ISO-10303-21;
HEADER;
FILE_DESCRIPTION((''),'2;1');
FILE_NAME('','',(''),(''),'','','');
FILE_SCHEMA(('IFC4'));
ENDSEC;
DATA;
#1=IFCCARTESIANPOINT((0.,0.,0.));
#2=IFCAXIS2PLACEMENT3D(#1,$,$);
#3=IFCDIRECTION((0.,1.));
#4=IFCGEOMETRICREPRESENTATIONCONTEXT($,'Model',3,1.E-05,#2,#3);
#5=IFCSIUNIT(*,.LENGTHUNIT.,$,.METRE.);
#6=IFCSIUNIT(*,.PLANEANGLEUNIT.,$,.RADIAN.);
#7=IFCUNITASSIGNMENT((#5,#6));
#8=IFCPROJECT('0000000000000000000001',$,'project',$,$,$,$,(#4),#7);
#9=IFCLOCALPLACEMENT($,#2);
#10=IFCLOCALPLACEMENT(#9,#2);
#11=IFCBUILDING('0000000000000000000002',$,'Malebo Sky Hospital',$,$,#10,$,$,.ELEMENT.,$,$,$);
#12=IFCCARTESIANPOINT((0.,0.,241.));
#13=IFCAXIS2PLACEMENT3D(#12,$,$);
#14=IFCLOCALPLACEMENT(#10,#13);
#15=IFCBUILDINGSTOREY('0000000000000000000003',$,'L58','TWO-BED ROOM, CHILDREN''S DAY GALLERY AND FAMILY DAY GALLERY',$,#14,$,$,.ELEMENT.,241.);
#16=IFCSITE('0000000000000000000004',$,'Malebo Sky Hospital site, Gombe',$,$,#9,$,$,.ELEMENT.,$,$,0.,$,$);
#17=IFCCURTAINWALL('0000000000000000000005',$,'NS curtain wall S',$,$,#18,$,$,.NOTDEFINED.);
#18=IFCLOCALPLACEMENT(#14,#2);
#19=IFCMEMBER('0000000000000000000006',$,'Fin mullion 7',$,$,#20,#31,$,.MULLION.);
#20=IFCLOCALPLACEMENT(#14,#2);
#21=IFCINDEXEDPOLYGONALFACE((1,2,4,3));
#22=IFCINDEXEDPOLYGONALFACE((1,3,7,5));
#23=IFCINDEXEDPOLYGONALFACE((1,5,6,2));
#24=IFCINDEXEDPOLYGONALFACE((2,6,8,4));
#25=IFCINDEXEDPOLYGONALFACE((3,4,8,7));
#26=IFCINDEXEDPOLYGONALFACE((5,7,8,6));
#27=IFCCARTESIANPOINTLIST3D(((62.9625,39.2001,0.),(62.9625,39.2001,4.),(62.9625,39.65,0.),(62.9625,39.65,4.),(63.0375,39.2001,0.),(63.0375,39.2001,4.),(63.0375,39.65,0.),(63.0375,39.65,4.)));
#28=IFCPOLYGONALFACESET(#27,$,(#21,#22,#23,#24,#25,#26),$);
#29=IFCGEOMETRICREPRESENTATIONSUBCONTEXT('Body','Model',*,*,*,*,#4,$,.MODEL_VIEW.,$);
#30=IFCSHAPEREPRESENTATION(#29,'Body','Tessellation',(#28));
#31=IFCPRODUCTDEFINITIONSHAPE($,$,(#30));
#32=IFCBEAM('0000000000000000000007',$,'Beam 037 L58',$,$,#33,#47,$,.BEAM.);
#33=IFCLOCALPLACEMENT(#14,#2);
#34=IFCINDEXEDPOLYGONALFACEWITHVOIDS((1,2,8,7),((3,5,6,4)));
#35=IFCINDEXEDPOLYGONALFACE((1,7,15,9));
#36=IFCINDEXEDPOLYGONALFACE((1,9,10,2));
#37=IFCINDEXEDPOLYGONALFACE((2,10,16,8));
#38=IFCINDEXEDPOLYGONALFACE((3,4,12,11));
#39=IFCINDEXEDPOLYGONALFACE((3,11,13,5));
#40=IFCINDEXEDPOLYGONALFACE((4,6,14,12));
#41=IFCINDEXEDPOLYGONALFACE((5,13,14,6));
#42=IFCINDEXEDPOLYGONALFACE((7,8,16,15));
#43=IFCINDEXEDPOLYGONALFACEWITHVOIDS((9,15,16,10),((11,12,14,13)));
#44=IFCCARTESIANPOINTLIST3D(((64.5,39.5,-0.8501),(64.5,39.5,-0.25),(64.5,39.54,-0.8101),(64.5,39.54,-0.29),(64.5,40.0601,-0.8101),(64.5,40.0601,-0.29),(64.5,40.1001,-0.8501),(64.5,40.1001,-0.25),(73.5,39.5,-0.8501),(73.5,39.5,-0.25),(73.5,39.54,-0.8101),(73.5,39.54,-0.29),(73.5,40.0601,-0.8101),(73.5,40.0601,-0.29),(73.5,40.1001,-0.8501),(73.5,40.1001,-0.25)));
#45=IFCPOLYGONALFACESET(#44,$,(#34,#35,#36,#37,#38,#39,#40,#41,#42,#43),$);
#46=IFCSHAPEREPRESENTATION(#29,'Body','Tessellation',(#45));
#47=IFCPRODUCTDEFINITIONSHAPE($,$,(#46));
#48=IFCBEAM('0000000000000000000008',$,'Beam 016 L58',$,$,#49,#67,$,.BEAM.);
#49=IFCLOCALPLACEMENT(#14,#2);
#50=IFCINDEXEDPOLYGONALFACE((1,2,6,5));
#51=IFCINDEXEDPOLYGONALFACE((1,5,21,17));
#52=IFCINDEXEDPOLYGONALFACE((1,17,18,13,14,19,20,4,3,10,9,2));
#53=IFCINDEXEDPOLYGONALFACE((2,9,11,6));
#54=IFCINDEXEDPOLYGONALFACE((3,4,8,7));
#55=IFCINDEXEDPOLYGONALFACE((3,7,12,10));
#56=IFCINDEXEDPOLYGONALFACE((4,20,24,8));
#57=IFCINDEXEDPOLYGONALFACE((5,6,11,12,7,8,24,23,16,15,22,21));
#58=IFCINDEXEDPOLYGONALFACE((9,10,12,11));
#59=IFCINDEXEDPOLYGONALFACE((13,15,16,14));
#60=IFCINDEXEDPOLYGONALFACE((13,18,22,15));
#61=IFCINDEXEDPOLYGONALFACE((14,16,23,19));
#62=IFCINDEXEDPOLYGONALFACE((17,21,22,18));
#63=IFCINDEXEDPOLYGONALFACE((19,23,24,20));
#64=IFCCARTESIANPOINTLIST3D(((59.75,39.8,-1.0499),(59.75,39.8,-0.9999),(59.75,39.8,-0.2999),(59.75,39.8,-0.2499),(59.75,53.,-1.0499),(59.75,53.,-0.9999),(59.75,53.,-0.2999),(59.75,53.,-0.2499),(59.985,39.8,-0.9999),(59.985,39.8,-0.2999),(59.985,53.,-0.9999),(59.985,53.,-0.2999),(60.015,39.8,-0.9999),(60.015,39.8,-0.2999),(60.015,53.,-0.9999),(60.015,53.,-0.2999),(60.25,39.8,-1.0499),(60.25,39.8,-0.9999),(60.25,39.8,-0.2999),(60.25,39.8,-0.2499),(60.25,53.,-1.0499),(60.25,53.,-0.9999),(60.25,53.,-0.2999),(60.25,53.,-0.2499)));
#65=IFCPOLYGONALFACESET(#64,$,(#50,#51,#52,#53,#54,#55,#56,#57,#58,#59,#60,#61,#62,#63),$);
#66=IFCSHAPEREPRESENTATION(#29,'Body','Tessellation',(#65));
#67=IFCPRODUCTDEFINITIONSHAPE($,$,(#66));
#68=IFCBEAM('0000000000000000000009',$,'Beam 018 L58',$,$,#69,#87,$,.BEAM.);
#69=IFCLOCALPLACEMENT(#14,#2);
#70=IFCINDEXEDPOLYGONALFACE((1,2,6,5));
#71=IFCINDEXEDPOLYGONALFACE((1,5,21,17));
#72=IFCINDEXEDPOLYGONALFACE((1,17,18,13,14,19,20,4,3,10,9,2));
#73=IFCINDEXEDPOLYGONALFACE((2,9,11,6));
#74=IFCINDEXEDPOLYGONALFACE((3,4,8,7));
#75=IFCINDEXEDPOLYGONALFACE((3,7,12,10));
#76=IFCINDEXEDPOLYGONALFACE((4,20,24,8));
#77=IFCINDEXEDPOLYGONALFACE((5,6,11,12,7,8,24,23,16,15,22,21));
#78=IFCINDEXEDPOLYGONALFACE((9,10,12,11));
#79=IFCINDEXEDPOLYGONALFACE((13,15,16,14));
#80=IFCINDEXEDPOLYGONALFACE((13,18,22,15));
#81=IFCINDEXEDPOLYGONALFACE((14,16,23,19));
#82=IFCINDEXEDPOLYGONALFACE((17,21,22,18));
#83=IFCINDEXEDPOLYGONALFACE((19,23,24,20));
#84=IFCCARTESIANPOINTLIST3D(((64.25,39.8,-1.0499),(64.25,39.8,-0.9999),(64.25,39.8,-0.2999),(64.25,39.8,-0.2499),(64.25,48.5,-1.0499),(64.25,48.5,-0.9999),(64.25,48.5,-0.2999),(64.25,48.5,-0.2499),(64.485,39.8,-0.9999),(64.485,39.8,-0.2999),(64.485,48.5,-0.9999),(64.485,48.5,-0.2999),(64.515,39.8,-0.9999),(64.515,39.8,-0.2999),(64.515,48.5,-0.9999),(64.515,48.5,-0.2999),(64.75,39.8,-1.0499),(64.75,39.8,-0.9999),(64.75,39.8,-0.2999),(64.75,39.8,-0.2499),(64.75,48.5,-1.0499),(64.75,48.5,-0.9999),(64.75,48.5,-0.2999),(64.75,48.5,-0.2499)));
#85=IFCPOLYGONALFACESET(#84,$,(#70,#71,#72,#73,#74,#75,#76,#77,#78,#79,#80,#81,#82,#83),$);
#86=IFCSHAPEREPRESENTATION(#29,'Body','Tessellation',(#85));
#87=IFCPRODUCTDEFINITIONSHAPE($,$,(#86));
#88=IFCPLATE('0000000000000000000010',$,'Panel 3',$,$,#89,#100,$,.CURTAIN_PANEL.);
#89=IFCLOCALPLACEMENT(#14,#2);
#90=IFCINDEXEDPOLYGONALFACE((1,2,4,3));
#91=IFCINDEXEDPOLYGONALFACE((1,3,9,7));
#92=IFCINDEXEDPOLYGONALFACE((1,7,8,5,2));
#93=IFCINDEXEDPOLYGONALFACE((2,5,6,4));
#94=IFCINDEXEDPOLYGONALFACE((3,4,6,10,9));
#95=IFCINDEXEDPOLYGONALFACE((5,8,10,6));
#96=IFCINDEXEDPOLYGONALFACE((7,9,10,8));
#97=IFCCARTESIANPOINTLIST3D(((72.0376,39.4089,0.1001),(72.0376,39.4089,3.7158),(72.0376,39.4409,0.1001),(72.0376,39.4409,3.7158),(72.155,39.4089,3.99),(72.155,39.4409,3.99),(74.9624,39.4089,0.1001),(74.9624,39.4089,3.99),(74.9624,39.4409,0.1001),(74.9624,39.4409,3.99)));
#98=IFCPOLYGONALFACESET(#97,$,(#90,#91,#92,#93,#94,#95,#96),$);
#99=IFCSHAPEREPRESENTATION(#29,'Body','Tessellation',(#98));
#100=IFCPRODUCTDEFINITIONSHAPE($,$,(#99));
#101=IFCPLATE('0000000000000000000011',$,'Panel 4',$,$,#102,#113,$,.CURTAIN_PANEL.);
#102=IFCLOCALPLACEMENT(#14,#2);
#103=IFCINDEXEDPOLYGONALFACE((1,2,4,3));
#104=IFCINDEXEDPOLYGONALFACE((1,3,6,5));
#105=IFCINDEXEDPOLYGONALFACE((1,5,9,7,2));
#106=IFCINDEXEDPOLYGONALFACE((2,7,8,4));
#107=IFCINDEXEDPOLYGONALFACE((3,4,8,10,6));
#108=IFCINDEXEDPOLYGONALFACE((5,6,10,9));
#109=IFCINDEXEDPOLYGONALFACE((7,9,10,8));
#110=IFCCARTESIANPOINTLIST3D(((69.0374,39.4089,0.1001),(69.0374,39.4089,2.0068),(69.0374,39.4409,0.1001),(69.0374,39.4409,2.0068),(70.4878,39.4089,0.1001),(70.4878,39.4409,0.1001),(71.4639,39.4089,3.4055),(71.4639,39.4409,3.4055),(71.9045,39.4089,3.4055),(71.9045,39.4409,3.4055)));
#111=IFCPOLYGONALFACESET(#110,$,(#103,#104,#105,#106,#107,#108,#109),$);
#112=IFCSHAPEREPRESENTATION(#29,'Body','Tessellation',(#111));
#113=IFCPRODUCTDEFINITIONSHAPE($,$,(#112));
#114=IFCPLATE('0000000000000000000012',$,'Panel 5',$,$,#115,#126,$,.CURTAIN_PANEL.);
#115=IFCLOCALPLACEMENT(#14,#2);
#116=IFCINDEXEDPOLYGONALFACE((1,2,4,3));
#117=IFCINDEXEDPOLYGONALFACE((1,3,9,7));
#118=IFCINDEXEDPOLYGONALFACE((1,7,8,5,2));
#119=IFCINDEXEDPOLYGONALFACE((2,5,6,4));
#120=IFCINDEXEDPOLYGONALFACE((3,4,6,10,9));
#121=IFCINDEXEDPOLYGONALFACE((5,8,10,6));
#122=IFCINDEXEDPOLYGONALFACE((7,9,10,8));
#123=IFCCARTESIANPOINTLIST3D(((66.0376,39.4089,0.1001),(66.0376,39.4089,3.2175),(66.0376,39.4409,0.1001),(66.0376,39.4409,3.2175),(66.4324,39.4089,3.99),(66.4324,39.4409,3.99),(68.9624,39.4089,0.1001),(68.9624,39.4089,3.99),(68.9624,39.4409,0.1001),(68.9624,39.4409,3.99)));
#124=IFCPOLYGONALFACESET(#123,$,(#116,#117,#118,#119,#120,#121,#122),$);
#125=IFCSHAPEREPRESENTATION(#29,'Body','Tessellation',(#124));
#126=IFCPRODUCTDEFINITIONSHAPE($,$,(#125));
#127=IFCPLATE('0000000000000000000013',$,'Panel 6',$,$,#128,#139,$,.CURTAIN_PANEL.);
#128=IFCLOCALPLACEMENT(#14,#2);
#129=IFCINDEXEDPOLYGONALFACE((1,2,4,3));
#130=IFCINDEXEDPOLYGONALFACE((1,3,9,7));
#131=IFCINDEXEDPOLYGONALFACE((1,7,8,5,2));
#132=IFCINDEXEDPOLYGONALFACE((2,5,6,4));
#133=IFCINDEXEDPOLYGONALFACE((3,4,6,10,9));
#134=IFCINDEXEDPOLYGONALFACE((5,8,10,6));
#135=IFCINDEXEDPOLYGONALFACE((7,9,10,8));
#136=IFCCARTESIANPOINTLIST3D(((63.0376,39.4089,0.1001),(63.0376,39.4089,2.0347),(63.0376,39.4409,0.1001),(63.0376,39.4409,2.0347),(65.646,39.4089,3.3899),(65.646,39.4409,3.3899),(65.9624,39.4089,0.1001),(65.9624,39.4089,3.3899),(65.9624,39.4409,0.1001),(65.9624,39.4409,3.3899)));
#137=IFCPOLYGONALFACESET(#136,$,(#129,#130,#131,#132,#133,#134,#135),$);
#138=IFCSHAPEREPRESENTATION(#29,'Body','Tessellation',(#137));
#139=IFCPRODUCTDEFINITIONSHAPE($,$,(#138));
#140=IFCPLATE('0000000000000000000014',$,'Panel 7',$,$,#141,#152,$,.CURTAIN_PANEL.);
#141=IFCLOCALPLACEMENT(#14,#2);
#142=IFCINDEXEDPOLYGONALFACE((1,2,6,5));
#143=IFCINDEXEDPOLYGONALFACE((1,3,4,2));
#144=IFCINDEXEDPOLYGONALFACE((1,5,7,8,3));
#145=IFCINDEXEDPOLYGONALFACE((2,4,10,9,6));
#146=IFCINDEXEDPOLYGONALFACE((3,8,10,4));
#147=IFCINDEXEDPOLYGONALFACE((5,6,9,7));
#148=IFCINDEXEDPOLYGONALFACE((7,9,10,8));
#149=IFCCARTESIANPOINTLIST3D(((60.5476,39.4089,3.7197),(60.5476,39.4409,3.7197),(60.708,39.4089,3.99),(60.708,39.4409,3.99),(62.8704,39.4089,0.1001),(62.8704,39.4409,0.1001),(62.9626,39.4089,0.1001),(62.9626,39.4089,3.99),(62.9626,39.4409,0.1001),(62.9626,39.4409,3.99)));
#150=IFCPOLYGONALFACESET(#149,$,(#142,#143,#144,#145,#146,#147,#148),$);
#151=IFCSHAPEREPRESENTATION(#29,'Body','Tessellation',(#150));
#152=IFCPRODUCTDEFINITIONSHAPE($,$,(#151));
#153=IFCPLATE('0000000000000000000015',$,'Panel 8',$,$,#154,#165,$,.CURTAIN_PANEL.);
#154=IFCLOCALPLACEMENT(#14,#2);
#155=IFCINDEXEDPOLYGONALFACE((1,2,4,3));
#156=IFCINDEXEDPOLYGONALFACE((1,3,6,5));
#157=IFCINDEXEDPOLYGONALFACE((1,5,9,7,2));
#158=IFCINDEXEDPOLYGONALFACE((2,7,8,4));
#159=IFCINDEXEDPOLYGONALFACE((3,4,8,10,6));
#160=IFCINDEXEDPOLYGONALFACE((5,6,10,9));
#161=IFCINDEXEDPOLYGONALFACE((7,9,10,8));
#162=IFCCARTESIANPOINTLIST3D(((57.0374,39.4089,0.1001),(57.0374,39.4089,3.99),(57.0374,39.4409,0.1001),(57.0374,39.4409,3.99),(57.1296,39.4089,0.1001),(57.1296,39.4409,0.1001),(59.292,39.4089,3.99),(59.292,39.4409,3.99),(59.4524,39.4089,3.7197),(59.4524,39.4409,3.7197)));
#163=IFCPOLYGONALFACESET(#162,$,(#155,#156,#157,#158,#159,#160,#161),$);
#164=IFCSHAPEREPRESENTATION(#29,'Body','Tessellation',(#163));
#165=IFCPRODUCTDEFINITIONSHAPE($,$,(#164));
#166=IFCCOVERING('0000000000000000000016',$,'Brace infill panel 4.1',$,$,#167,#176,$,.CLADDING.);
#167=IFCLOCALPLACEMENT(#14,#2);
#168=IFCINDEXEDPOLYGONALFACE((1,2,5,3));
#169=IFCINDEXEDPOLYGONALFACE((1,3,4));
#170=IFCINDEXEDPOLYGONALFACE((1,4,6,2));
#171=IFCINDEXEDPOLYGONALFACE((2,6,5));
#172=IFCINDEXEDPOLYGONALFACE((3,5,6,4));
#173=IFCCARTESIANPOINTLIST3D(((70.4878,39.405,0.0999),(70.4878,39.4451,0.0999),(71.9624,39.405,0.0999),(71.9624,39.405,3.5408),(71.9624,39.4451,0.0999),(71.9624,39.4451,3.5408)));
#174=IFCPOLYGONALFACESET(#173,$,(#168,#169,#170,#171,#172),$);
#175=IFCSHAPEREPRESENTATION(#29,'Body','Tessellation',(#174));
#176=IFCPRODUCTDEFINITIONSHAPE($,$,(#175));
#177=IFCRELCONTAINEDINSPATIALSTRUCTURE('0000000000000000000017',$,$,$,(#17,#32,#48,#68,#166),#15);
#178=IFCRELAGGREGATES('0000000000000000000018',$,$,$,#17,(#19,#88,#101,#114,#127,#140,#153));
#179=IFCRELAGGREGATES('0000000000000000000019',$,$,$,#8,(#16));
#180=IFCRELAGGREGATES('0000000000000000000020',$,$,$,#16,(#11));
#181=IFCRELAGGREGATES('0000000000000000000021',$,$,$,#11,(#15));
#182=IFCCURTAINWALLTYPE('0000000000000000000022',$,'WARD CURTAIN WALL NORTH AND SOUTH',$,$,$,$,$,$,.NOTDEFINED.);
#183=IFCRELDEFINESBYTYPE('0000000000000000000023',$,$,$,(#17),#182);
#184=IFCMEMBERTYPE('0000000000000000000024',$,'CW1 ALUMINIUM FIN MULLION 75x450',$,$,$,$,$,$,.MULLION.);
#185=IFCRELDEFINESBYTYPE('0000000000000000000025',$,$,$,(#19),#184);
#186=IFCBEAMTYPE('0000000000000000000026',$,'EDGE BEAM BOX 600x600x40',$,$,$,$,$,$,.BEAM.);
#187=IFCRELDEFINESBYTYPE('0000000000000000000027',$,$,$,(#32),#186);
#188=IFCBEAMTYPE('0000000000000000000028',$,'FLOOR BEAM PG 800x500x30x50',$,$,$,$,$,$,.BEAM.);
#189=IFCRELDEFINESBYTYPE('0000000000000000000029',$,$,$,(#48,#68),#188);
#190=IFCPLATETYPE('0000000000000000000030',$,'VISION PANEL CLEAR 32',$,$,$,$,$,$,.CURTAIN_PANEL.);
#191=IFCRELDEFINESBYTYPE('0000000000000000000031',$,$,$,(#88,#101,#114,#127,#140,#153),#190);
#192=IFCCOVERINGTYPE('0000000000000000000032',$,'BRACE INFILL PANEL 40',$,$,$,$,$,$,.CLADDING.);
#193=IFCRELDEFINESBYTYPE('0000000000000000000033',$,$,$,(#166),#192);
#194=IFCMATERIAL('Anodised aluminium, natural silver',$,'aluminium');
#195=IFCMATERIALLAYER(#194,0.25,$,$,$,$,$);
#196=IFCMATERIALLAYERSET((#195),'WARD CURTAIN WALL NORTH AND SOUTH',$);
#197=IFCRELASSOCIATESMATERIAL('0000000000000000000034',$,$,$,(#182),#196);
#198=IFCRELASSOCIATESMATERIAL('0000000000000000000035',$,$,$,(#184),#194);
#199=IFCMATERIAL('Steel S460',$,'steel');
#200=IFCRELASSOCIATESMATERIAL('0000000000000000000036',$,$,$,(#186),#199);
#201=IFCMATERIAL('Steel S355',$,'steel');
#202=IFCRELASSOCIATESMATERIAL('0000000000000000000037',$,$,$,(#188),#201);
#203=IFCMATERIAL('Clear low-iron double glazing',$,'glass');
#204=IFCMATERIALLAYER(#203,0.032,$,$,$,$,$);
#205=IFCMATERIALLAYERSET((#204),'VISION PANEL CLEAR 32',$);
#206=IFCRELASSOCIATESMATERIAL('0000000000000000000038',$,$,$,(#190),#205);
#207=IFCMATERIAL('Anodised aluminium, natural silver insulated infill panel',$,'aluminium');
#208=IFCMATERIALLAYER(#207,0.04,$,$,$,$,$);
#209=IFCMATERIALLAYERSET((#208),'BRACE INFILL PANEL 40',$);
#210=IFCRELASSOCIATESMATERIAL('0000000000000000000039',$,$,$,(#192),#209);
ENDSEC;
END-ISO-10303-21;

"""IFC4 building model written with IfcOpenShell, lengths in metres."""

from ifc_helpers import new_model, si_unit, direction, frame, origin, origin_2d, place, context, subcontext, project, spatial, polyline, rectangle, hollow_rectangle, i_section, outline, extrude, material, layer, layer_set, material_profile, profile_set, type_object, element, aggregate, save


model = new_model("IFC4")

# Units and contexts
model_context = context("Model", 3, precision=1e-05, world=origin(), true_north=direction((0.0, 1.0)))
body_context = subcontext(model_context, "Body", "Model", "MODEL_VIEW")
ifc_project = project(units=[si_unit("LENGTHUNIT", "METRE"), si_unit("PLANEANGLEUNIT", "RADIAN")], contexts=[model_context])

# Site, building, storey
site_placement = place(None, origin())
site = spatial("IfcSite", under=ifc_project, at=site_placement, Name="Malebo Sky Hospital site, Gombe", CompositionType="ELEMENT", RefElevation=0.0)
building_placement = place(site_placement, origin())
building = spatial("IfcBuilding", under=site, at=building_placement, Name="Malebo Sky Hospital", CompositionType="ELEMENT")
storey_placement = place(building_placement, frame((0.0, 0.0, 241.0)))
storey = spatial("IfcBuildingStorey", under=building, at=storey_placement, Name="L58", Description="TWO-BED ROOM, CHILDREN'S DAY GALLERY AND FAMILY DAY GALLERY", CompositionType="ELEMENT", Elevation=241.0)

# Shared definitions
ifc_material_1 = material(Name="Steel S460", Category="steel")

# Curtain wall
ifc_material_2 = material(Name="Anodised aluminium, natural silver", Category="aluminium")
ifc_layer_1 = layer(ifc_material_2, 0.25)
ifc_layer_set_1 = layer_set([ifc_layer_1], Name="WARD CURTAIN WALL NORTH AND SOUTH")
curtain_wall_type = type_object("IfcCurtainWallType", Name="WARD CURTAIN WALL NORTH AND SOUTH", PredefinedType="NOTDEFINED", material=ifc_layer_set_1)
curtain_wall_placement = place(storey_placement, origin())
curtain_wall = element("IfcCurtainWall", 1, at=curtain_wall_placement, inside=storey, type_object=curtain_wall_type, Name="NS curtain wall S", PredefinedType="NOTDEFINED")

# Shared definitions
ifc_material_3 = material(Name="Steel S355", Category="steel")

# Member
ifc_material_profile_1 = material_profile(ifc_material_2, rectangle(XDim=0.075, YDim=0.45, at=origin_2d()), Name="CW1 ALUMINIUM FIN MULLION 75x450")
ifc_profile_set_1 = profile_set([ifc_material_profile_1], Name="Anodised aluminium, natural silver")
member_type_1 = type_object("IfcMemberType", Name="CW1 ALUMINIUM FIN MULLION 75x450", PredefinedType="MULLION", material=ifc_profile_set_1)
member_1_placement = place(storey_placement, frame((63.0, 39.425, 0.0), z_axis=(0.0, 0.0, 1.0), x_axis=(-1.0, 0.0, 0.0)))
member_1 = element("IfcMember", 2, at=member_1_placement, type_object=member_type_1, Name="Fin mullion 7", PredefinedType="MULLION", context=body_context, shape_type="SweptSolid", body=[
    extrude(rectangle(XDim=0.075, YDim=0.45, at=origin_2d()), origin(), (0.0, 0.0, 1.0), 4.0),
])

# Beams
ifc_material_profile_2 = material_profile(ifc_material_1, hollow_rectangle(XDim=0.6001, YDim=0.6001, WallThickness=0.04, at=origin_2d()), Name="BOX 600x600x40")
ifc_profile_set_2 = profile_set([ifc_material_profile_2], Name="Steel S460")
beam_type_1 = type_object("IfcBeamType", Name="EDGE BEAM BOX 600x600x40", PredefinedType="BEAM", material=ifc_profile_set_2)
beam_1_placement = place(storey_placement, frame((64.5, 39.8, -0.55), z_axis=(1.0, 0.0, 0.0), x_axis=(0.0, 1.0, 0.0)))
element("IfcBeam", 3, at=beam_1_placement, inside=storey, type_object=beam_type_1, Name="Beam 037 L58", PredefinedType="BEAM", context=body_context, shape_type="SweptSolid", body=[
    extrude(hollow_rectangle(XDim=0.6001, YDim=0.6001, WallThickness=0.04, at=origin_2d()), origin(), (0.0, 0.0, 1.0), 9.0),
])
ifc_material_profile_3 = material_profile(ifc_material_3, i_section(OverallWidth=0.5, OverallDepth=0.8, WebThickness=0.03, FlangeThickness=0.05, at=origin_2d()), Name="PG 800x500x30x50")
ifc_profile_set_3 = profile_set([ifc_material_profile_3], Name="Steel S355")
beam_type_2 = type_object("IfcBeamType", Name="FLOOR BEAM PG 800x500x30x50", PredefinedType="BEAM", material=ifc_profile_set_3)
beam_2_placement = place(storey_placement, frame((60.0, 39.8, -0.6499), z_axis=(0.0, 1.0, 0.0), x_axis=(-1.0, 0.0, 0.0)))
element("IfcBeam", 4, at=beam_2_placement, inside=storey, type_object=beam_type_2, Name="Beam 016 L58", PredefinedType="BEAM", context=body_context, shape_type="SweptSolid", body=[
    extrude(i_section(OverallWidth=0.5, OverallDepth=0.8, WebThickness=0.03, FlangeThickness=0.05, at=origin_2d()), origin(), (0.0, 0.0, 1.0), 13.2),
])
beam_3_placement = place(storey_placement, frame((64.5, 39.8, -0.6499), z_axis=(0.0, 1.0, 0.0), x_axis=(-1.0, 0.0, 0.0)))
element("IfcBeam", 5, at=beam_3_placement, inside=storey, type_object=beam_type_2, Name="Beam 018 L58", PredefinedType="BEAM", context=body_context, shape_type="SweptSolid", body=[
    extrude(i_section(OverallWidth=0.5, OverallDepth=0.8, WebThickness=0.03, FlangeThickness=0.05, at=origin_2d()), origin(), (0.0, 0.0, 1.0), 8.7),
])

# Plates
ifc_material_4 = material(Name="Clear low-iron double glazing", Category="glass")
ifc_layer_2 = layer(ifc_material_4, 0.032)
ifc_layer_set_2 = layer_set([ifc_layer_2], Name="VISION PANEL CLEAR 32")
plate_type = type_object("IfcPlateType", Name="VISION PANEL CLEAR 32", PredefinedType="CURTAIN_PANEL", material=ifc_layer_set_2)
plate_1_placement = place(storey_placement, frame((73.5, 39.425, 0.1001), z_axis=(0.0, 0.0, 1.0), x_axis=(-1.0, 0.0, 0.0)))
plate_1 = element("IfcPlate", 6, at=plate_1_placement, type_object=plate_type, Name="Panel 3", PredefinedType="CURTAIN_PANEL", context=body_context, shape_type="SweptSolid", body=[
    extrude(outline(polyline([(-1.4624, 0.0), (1.4624, 0.0), (1.4624, 3.6157), (1.345, 3.8899), (-1.4624, 3.8899), (-1.4624, 0.0)])), frame((0.0, 0.0161, 0.0), z_axis=(0.0, -1.0, 0.0), x_axis=(1.0, 0.0, 0.0)), (0.0, 0.0, 1.0), 0.032),
])
plate_2_placement = place(storey_placement, frame((70.4709, 39.425, 0.1001), z_axis=(0.0, 0.0, 1.0), x_axis=(-1.0, 0.0, 0.0)))
plate_2 = element("IfcPlate", 7, at=plate_2_placement, type_object=plate_type, Name="Panel 4", PredefinedType="CURTAIN_PANEL", context=body_context, shape_type="SweptSolid", body=[
    extrude(outline(polyline([(-0.0168, 0.0), (1.4336, 0.0), (1.4336, 1.9067), (-0.9929, 3.3054), (-1.4336, 3.3054), (-0.0168, 0.0)])), frame((0.0, 0.0161, 0.0), z_axis=(0.0, -1.0, 0.0), x_axis=(1.0, 0.0, 0.0)), (0.0, 0.0, 1.0), 0.032),
])
plate_3_placement = place(storey_placement, frame((67.5, 39.425, 0.1001), z_axis=(0.0, 0.0, 1.0), x_axis=(-1.0, 0.0, 0.0)))
plate_3 = element("IfcPlate", 8, at=plate_3_placement, type_object=plate_type, Name="Panel 5", PredefinedType="CURTAIN_PANEL", context=body_context, shape_type="SweptSolid", body=[
    extrude(outline(polyline([(-1.4624, 0.0), (1.4624, 0.0), (1.4624, 3.1174), (1.0676, 3.8899), (-1.4624, 3.8899), (-1.4624, 0.0)])), frame((0.0, 0.0161, 0.0), z_axis=(0.0, -1.0, 0.0), x_axis=(1.0, 0.0, 0.0)), (0.0, 0.0, 1.0), 0.032),
])
plate_4_placement = place(storey_placement, frame((64.5, 39.425, 0.1001), z_axis=(0.0, 0.0, 1.0), x_axis=(-1.0, 0.0, 0.0)))
plate_4 = element("IfcPlate", 9, at=plate_4_placement, type_object=plate_type, Name="Panel 6", PredefinedType="CURTAIN_PANEL", context=body_context, shape_type="SweptSolid", body=[
    extrude(outline(polyline([(-1.4624, 0.0), (1.4624, 0.0), (1.4624, 1.9346), (-1.146, 3.2898), (-1.4624, 3.2898), (-1.4624, 0.0)])), frame((0.0, 0.0161, 0.0), z_axis=(0.0, -1.0, 0.0), x_axis=(1.0, 0.0, 0.0)), (0.0, 0.0, 1.0), 0.032),
])
plate_5_placement = place(storey_placement, frame((61.7551, 39.425, 0.1001), z_axis=(0.0, 0.0, 1.0), x_axis=(-1.0, 0.0, 0.0)))
plate_5 = element("IfcPlate", 10, at=plate_5_placement, type_object=plate_type, Name="Panel 7", PredefinedType="CURTAIN_PANEL", context=body_context, shape_type="SweptSolid", body=[
    extrude(outline(polyline([(-1.2075, 0.0), (-1.1152, 0.0), (1.2075, 3.6196), (1.0471, 3.8899), (-1.2075, 3.8899), (-1.2075, 0.0)])), frame((0.0, 0.0161, 0.0), z_axis=(0.0, -1.0, 0.0), x_axis=(1.0, 0.0, 0.0)), (0.0, 0.0, 1.0), 0.032),
])
plate_6_placement = place(storey_placement, frame((58.2449, 39.425, 0.1001), z_axis=(0.0, 0.0, 1.0), x_axis=(-1.0, 0.0, 0.0)))
plate_6 = element("IfcPlate", 11, at=plate_6_placement, type_object=plate_type, Name="Panel 8", PredefinedType="CURTAIN_PANEL", context=body_context, shape_type="SweptSolid", body=[
    extrude(outline(polyline([(1.1152, 0.0), (1.2075, 0.0), (1.2075, 3.8899), (-1.0471, 3.8899), (-1.2075, 3.6196), (1.1152, 0.0)])), frame((0.0, 0.0161, 0.0), z_axis=(0.0, -1.0, 0.0), x_axis=(1.0, 0.0, 0.0)), (0.0, 0.0, 1.0), 0.032),
])
aggregate(curtain_wall, [member_1, plate_1, plate_2, plate_3, plate_4, plate_5, plate_6])

# Covering
ifc_material_5 = material(Name="Anodised aluminium, natural silver insulated infill panel", Category="aluminium")
ifc_layer_3 = layer(ifc_material_5, 0.04)
ifc_layer_set_3 = layer_set([ifc_layer_3], Name="BRACE INFILL PANEL 40")
covering_type = type_object("IfcCoveringType", Name="BRACE INFILL PANEL 40", PredefinedType="CLADDING", material=ifc_layer_set_3)
covering_1_placement = place(storey_placement, frame((71.2251, 39.425, 0.0999), z_axis=(0.0, 0.0, 1.0), x_axis=(-1.0, 0.0, 0.0)))
element("IfcCovering", 12, at=covering_1_placement, inside=storey, type_object=covering_type, Name="Brace infill panel 4.1", PredefinedType="CLADDING", context=body_context, shape_type="SweptSolid", body=[
    extrude(outline(polyline([(-0.7373, 0.0), (0.7373, 0.0), (-0.7373, 3.4409), (-0.7373, 0.0)])), frame((0.0, 0.02, 0.0), z_axis=(0.0, -1.0, 0.0), x_axis=(1.0, 0.0, 0.0)), (0.0, 0.0, 1.0), 0.04),
])

save(model, "model.ifc")
